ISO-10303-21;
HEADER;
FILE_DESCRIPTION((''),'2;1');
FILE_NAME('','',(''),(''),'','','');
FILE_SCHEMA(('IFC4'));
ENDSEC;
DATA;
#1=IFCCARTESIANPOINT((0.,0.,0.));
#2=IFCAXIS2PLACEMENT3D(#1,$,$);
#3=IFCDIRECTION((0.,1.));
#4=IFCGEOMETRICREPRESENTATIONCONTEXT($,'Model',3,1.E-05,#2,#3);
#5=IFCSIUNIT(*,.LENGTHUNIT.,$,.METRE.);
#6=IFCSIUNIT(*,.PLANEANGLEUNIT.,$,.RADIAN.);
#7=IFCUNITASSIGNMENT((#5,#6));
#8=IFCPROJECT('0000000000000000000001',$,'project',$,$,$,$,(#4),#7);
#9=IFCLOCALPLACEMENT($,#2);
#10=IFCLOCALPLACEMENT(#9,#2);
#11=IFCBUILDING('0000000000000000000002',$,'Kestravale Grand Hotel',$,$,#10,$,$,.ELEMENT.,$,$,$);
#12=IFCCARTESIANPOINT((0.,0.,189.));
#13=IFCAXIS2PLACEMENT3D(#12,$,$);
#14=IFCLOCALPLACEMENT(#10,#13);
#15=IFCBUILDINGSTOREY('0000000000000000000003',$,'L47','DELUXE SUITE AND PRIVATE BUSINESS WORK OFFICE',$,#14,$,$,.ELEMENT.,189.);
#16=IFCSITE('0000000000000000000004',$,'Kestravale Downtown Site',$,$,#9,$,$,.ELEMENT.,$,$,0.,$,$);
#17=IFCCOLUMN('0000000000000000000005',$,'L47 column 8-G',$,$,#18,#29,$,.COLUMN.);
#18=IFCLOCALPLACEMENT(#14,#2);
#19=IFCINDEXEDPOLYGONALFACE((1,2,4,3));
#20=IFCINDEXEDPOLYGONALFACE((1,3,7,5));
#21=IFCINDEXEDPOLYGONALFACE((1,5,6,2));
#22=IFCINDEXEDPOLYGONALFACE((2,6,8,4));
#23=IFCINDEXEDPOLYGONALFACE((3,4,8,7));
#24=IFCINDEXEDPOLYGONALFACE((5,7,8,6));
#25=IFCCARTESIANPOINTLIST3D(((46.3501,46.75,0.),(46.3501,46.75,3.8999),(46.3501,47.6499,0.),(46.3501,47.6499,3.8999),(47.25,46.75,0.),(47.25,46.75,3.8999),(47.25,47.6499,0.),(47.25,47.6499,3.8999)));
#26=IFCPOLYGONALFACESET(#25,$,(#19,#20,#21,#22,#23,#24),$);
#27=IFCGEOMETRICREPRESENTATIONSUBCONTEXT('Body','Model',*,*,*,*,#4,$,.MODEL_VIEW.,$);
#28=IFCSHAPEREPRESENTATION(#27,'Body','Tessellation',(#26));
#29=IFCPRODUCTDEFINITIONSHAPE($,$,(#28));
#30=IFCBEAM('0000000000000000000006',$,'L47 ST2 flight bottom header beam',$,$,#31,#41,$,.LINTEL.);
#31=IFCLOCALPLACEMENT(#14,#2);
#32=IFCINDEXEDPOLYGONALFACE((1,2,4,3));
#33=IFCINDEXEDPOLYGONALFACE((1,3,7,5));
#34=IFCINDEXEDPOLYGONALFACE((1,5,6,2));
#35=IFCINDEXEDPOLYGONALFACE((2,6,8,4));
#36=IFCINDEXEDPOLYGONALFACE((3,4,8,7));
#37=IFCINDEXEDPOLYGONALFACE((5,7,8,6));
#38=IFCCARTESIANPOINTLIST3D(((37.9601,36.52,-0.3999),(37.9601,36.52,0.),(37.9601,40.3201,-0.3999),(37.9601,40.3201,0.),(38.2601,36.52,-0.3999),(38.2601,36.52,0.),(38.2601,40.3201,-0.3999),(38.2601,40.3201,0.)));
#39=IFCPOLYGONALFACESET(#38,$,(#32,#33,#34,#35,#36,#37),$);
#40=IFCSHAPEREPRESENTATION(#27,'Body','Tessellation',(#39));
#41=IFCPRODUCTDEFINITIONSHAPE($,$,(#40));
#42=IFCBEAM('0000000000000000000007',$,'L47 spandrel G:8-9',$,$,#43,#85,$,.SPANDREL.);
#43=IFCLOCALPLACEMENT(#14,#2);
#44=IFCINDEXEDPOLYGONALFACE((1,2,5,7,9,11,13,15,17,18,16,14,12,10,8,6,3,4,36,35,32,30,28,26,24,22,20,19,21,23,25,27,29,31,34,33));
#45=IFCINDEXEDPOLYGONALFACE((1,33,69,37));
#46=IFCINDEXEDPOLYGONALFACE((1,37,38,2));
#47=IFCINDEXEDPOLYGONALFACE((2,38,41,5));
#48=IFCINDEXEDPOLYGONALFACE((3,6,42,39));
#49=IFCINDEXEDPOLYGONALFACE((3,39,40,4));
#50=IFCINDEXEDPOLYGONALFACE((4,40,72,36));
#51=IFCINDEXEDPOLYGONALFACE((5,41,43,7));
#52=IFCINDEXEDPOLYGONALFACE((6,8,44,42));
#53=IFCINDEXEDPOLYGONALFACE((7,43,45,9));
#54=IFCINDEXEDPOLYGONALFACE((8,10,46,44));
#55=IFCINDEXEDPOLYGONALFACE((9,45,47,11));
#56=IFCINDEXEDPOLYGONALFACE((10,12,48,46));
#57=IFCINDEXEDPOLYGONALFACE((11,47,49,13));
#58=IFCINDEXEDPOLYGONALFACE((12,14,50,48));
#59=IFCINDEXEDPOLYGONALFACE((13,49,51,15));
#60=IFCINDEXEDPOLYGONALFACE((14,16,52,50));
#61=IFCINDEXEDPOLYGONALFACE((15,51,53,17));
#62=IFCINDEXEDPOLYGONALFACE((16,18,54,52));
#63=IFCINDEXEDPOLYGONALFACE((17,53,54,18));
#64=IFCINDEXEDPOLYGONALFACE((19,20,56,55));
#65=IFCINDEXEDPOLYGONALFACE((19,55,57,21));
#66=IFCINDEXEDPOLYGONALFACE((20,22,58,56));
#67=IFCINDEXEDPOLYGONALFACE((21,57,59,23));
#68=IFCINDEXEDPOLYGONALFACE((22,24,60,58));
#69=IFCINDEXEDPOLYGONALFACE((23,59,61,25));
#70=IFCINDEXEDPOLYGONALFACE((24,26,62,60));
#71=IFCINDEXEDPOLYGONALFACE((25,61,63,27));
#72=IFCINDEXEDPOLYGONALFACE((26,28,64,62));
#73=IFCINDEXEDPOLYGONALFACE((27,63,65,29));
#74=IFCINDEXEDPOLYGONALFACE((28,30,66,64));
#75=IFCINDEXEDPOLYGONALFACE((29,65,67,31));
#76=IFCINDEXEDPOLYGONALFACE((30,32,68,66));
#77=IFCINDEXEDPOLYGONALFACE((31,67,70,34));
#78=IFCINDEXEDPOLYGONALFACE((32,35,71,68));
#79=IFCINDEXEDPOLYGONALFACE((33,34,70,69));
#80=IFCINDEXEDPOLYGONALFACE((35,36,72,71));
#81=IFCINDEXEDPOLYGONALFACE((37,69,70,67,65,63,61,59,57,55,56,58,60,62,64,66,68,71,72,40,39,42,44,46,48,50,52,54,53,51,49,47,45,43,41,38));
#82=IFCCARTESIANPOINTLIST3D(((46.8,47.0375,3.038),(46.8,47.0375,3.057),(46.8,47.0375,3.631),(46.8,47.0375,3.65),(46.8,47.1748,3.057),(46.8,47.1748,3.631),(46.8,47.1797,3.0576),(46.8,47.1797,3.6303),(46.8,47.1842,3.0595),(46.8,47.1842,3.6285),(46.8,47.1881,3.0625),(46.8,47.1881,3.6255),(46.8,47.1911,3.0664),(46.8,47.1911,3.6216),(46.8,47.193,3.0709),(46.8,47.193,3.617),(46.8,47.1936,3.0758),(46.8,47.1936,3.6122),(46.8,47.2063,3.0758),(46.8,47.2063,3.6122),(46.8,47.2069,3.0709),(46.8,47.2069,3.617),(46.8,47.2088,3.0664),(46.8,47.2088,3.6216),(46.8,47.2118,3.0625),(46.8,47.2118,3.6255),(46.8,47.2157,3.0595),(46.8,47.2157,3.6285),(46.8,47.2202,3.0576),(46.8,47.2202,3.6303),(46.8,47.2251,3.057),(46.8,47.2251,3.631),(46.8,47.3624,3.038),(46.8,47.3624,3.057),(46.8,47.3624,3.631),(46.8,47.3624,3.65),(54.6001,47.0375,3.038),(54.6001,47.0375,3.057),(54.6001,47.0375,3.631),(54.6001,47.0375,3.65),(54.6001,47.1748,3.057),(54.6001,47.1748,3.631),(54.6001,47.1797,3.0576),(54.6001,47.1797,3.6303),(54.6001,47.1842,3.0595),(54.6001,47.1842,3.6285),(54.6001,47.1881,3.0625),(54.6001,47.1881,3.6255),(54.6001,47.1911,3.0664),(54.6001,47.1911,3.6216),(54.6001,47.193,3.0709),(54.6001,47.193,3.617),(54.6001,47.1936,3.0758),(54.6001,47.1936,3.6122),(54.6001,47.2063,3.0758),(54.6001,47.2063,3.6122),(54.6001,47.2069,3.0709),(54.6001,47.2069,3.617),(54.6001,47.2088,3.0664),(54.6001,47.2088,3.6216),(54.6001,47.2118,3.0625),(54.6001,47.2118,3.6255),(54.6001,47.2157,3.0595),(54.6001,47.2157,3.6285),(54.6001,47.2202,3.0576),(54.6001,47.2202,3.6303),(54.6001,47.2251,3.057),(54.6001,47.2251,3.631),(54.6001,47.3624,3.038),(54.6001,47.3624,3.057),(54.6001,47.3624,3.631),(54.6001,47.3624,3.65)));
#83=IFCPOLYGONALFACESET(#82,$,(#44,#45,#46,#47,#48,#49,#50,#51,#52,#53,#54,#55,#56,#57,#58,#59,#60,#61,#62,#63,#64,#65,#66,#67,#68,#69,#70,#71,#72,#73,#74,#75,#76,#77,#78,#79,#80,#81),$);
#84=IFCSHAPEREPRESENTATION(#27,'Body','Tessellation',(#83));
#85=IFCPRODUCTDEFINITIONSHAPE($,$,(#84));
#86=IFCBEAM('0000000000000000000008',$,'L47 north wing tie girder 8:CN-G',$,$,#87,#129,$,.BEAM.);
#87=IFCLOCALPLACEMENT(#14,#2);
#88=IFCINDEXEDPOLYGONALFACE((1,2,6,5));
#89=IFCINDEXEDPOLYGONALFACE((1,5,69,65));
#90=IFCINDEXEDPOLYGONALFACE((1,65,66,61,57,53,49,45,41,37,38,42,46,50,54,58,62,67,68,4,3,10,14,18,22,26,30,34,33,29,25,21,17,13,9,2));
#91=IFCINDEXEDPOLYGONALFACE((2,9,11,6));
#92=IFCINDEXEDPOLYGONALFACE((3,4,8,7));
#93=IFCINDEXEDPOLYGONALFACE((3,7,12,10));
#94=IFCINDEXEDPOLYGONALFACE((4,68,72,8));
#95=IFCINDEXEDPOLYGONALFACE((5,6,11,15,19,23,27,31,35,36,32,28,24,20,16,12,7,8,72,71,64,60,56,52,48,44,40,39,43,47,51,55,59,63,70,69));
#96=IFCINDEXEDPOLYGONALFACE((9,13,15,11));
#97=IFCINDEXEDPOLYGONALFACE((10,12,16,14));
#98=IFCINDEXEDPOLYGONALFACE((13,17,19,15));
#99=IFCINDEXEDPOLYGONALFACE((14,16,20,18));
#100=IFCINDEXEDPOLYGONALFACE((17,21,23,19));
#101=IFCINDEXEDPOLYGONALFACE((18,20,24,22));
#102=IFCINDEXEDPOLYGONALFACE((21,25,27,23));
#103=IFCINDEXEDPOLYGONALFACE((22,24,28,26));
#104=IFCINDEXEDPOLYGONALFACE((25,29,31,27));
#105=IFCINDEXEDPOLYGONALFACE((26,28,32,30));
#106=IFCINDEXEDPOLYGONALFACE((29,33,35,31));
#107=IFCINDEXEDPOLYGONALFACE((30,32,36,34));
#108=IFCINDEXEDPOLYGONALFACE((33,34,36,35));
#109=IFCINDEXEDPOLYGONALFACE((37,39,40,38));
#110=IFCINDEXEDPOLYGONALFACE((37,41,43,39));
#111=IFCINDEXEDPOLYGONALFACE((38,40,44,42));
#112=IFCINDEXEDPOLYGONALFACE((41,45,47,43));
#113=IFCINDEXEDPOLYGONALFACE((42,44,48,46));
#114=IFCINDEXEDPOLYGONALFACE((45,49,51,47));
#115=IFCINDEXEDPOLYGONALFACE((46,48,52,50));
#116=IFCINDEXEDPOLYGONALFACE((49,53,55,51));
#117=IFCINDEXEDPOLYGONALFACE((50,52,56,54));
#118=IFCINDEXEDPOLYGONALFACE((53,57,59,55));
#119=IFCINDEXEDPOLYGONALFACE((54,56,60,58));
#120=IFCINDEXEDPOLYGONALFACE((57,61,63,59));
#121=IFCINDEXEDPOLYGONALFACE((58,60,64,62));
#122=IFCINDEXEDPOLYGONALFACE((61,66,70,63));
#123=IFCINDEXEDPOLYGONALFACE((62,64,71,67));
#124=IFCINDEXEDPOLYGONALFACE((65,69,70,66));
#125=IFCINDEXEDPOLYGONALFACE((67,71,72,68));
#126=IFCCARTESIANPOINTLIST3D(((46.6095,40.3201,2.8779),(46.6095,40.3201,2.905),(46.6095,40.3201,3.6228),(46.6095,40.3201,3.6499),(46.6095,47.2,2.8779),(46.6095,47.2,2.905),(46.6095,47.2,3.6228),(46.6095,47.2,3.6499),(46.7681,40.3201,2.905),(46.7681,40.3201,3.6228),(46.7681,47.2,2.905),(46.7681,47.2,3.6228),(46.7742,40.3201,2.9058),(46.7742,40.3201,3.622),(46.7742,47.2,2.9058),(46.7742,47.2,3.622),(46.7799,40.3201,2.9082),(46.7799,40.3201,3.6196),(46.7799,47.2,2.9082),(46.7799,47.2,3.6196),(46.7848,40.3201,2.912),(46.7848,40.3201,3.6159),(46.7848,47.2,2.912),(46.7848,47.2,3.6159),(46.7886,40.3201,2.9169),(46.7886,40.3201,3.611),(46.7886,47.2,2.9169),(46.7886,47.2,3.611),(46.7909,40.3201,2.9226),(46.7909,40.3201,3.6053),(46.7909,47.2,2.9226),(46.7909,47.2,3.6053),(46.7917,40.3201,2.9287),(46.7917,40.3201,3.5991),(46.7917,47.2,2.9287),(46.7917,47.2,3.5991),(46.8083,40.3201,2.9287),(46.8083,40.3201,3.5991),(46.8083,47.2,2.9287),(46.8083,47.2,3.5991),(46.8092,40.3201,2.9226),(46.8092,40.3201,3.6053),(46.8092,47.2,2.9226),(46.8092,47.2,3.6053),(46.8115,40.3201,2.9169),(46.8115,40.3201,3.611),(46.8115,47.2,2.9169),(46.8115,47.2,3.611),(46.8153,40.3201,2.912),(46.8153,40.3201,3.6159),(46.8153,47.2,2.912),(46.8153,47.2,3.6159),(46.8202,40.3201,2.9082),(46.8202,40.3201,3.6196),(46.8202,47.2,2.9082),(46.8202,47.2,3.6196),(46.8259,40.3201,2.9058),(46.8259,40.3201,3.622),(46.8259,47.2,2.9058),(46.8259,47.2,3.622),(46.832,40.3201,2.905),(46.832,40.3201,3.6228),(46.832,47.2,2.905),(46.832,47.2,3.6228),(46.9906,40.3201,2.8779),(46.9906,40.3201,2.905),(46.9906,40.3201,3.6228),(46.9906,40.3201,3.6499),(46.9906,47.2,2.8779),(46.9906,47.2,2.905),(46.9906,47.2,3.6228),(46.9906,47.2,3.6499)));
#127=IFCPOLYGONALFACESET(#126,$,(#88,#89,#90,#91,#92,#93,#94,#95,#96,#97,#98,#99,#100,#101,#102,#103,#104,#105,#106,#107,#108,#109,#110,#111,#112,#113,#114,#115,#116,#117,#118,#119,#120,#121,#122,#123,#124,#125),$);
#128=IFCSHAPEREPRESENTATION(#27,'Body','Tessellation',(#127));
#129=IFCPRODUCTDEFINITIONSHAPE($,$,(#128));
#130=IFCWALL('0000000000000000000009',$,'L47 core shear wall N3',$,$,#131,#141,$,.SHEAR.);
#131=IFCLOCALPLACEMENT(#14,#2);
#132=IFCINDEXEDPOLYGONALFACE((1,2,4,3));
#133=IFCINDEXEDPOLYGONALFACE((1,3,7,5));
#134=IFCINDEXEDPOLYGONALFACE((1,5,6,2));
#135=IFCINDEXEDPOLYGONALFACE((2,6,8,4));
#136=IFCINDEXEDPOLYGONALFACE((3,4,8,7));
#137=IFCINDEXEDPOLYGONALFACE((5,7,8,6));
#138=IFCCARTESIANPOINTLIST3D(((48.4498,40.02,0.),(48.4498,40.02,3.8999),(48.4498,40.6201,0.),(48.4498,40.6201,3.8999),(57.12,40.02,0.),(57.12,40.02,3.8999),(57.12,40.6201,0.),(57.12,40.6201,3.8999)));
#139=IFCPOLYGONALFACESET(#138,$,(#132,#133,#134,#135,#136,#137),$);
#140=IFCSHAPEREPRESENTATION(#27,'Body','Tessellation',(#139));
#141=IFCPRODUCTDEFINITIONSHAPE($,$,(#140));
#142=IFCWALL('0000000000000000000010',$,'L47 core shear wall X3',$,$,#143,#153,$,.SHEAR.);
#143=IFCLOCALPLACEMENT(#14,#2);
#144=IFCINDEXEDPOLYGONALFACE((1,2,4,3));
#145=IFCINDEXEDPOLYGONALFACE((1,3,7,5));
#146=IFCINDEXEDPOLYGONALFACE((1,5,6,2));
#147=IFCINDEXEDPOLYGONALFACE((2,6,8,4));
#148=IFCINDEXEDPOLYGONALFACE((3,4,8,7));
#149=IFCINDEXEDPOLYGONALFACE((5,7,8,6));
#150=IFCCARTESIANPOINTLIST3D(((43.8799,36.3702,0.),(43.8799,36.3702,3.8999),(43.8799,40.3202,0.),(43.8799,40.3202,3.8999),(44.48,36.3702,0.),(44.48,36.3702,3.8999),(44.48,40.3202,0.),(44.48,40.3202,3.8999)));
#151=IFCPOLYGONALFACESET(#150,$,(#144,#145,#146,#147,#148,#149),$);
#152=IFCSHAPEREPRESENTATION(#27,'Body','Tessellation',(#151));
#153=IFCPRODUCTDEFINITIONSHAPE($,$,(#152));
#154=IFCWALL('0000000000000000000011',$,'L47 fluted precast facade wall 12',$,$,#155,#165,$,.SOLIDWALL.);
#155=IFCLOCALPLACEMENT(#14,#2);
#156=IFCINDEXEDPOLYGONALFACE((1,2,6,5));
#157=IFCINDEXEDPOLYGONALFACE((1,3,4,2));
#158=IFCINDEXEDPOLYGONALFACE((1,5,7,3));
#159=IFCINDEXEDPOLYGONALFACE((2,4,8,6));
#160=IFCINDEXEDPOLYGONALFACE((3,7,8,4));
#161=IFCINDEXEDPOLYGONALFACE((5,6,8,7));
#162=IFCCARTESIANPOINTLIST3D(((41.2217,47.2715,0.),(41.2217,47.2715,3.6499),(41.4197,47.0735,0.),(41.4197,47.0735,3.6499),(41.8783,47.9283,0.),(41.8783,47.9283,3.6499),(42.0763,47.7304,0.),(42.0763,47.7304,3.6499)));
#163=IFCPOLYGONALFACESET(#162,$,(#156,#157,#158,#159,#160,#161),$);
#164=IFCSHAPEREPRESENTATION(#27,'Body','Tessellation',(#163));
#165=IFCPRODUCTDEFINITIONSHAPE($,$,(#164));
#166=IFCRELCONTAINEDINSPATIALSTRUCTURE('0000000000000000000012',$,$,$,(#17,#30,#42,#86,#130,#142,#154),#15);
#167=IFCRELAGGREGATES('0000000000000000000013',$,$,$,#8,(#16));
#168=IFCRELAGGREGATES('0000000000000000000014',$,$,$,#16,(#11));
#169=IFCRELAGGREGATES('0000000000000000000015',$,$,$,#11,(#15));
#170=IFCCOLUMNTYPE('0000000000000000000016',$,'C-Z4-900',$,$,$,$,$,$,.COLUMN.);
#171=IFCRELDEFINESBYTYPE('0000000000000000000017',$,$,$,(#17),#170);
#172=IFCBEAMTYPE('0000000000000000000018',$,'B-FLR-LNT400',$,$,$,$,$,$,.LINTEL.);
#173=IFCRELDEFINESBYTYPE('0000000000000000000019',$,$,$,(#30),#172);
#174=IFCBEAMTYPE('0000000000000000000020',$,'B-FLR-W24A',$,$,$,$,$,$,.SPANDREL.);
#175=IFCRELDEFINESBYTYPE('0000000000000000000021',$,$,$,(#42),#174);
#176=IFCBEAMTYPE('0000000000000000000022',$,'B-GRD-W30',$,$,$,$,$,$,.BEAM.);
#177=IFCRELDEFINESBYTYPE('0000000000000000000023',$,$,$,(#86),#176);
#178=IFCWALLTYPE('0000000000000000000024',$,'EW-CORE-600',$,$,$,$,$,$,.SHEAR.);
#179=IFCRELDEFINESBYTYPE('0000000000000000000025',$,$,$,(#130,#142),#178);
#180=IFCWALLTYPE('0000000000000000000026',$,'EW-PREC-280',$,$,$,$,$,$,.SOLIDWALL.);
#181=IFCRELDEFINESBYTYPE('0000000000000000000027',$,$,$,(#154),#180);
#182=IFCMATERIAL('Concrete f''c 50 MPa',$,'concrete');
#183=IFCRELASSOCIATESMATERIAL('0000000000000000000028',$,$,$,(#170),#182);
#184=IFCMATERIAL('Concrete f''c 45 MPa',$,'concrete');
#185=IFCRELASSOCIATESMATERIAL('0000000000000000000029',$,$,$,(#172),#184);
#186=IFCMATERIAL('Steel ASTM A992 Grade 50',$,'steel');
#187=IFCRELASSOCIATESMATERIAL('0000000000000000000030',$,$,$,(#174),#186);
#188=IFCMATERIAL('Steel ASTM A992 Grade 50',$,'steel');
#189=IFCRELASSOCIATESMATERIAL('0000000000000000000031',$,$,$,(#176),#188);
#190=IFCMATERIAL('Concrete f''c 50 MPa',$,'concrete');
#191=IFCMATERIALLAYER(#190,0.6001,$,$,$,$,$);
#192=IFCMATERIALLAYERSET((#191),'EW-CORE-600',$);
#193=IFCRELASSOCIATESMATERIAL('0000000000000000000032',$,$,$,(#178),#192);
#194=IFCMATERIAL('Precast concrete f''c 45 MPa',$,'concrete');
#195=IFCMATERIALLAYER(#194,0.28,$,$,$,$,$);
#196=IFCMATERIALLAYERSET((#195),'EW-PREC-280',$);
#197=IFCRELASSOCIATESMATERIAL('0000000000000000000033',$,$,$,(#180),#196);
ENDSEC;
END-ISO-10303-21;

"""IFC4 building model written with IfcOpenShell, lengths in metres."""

from ifc_helpers import new_model, si_unit, direction, frame, frame_2d, origin, origin_2d, place, context, subcontext, project, spatial, rectangle, i_section, extrude, material, layer, layer_set, material_profile, profile_set, type_object, element, save


model = new_model("IFC4")

# Units and contexts
model_context = context("Model", 3, precision=1e-05, world=origin(), true_north=direction((0.0, 1.0)))
body_context = subcontext(model_context, "Body", "Model", "MODEL_VIEW")
ifc_project = project(units=[si_unit("LENGTHUNIT", "METRE"), si_unit("PLANEANGLEUNIT", "RADIAN")], contexts=[model_context])

# Site, building, storey
site_placement = place(None, origin())
site = spatial("IfcSite", under=ifc_project, at=site_placement, Name="Kestravale Downtown Site", CompositionType="ELEMENT", RefElevation=0.0)
building_placement = place(site_placement, origin())
building = spatial("IfcBuilding", under=site, at=building_placement, Name="Kestravale Grand Hotel", CompositionType="ELEMENT")
storey_placement = place(building_placement, frame((0.0, 0.0, 189.0)))
storey = spatial("IfcBuildingStorey", under=building, at=storey_placement, Name="L47", Description="DELUXE SUITE AND PRIVATE BUSINESS WORK OFFICE", CompositionType="ELEMENT", Elevation=189.0)

# Column
ifc_material_1 = material(Name="Concrete f'c 50 MPa", Category="concrete")
ifc_material_profile_1 = material_profile(ifc_material_1, rectangle(XDim=0.8999, YDim=0.8999, at=origin_2d()))
ifc_profile_set_1 = profile_set([ifc_material_profile_1], Name="Concrete f'c 50 MPa")
column_type = type_object("IfcColumnType", Name="C-Z4-900", PredefinedType="COLUMN", material=ifc_profile_set_1)
column_placement = place(storey_placement, frame((46.8, 47.2, 0.0), z_axis=(0.0, 0.0, 1.0), x_axis=(1.0, 0.0, 0.0)))
element("IfcColumn", 1, at=column_placement, inside=storey, type_object=column_type, Name="L47 column 8-G", PredefinedType="COLUMN", context=body_context, shape_type="SweptSolid", body=[
    extrude(rectangle(XDim=0.8999, YDim=0.8999, at=origin_2d()), origin(), (0.0, 0.0, 1.0), 3.8999),
])

# Beams
ifc_material_2 = material(Name="Concrete f'c 45 MPa", Category="concrete")
ifc_material_profile_2 = material_profile(ifc_material_2, rectangle(XDim=0.3, YDim=0.3999, at=origin_2d()))
ifc_profile_set_2 = profile_set([ifc_material_profile_2], Name="Concrete f'c 45 MPa")
beam_type_1 = type_object("IfcBeamType", Name="B-FLR-LNT400", PredefinedType="LINTEL", material=ifc_profile_set_2)
beam_1_placement = place(storey_placement, frame((38.1101, 36.52, -0.2), z_axis=(0.0, 1.0, 0.0), x_axis=(-1.0, 0.0, 0.0)))
element("IfcBeam", 2, at=beam_1_placement, inside=storey, type_object=beam_type_1, Name="L47 ST2 flight bottom header beam", PredefinedType="LINTEL", context=body_context, shape_type="SweptSolid", body=[
    extrude(rectangle(XDim=0.3, YDim=0.3999, at=origin_2d()), origin(), (0.0, 0.0, 1.0), 3.8),
])
ifc_material_3 = material(Name="Steel ASTM A992 Grade 50", Category="steel")
ifc_material_profile_3 = material_profile(ifc_material_3, i_section(OverallWidth=0.325, OverallDepth=0.6121, WebThickness=0.0127, FlangeThickness=0.019, FilletRadius=0.0188, at=origin_2d()))
ifc_profile_set_3 = profile_set([ifc_material_profile_3], Name="Steel ASTM A992 Grade 50")
beam_type_2 = type_object("IfcBeamType", Name="B-FLR-W24A", PredefinedType="SPANDREL", material=ifc_profile_set_3)
beam_2_placement = place(storey_placement, frame((46.8, 47.2, 3.344), z_axis=(1.0, 0.0, 0.0), x_axis=(0.0, 1.0, 0.0)))
element("IfcBeam", 3, at=beam_2_placement, inside=storey, type_object=beam_type_2, Name="L47 spandrel G:8-9", PredefinedType="SPANDREL", context=body_context, shape_type="SweptSolid", body=[
    extrude(i_section(OverallWidth=0.325, OverallDepth=0.6121, WebThickness=0.0127, FlangeThickness=0.019, FilletRadius=0.0188, at=origin_2d()), origin(), (0.0, 0.0, 1.0), 7.8),
])
ifc_material_4 = material(Name="Steel ASTM A992 Grade 50", Category="steel")
ifc_material_profile_4 = material_profile(ifc_material_4, i_section(OverallWidth=0.3811, OverallDepth=0.772, WebThickness=0.0166, FlangeThickness=0.0271, FilletRadius=0.0237, at=origin_2d()))
ifc_profile_set_4 = profile_set([ifc_material_profile_4], Name="Steel ASTM A992 Grade 50")
beam_type_3 = type_object("IfcBeamType", Name="B-GRD-W30", PredefinedType="BEAM", material=ifc_profile_set_4)
beam_3_placement = place(storey_placement, frame((46.8, 40.3201, 3.2639), z_axis=(0.0, 1.0, 0.0), x_axis=(-1.0, 0.0, 0.0)))
element("IfcBeam", 4, at=beam_3_placement, inside=storey, type_object=beam_type_3, Name="L47 north wing tie girder 8:CN-G", PredefinedType="BEAM", context=body_context, shape_type="SweptSolid", body=[
    extrude(i_section(OverallWidth=0.3811, OverallDepth=0.772, WebThickness=0.0166, FlangeThickness=0.0271, FilletRadius=0.0237, at=origin_2d()), origin(), (0.0, 0.0, 1.0), 6.8799),
])

# Walls
ifc_material_5 = material(Name="Concrete f'c 50 MPa", Category="concrete")
ifc_layer_1 = layer(ifc_material_5, 0.6001)
ifc_layer_set_1 = layer_set([ifc_layer_1], Name="EW-CORE-600")
wall_type_1 = type_object("IfcWallType", Name="EW-CORE-600", PredefinedType="SHEAR", material=ifc_layer_set_1)
wall_1_placement = place(storey_placement, frame((48.45, 40.3201, 0.0), z_axis=(0.0, 0.0, 1.0), x_axis=(1.0, 0.0, 0.0)))
element("IfcWall", 5, at=wall_1_placement, inside=storey, type_object=wall_type_1, Name="L47 core shear wall N3", PredefinedType="SHEAR", context=body_context, shape_type="SweptSolid", body=[
    extrude(rectangle(XDim=8.6702, YDim=0.6001, at=frame_2d((4.335, 0.0))), origin(), (0.0, 0.0, 1.0), 3.8999),
])
wall_2_placement = place(storey_placement, frame((44.1799, 36.3701, 0.0), z_axis=(0.0, 0.0, 1.0), x_axis=(0.0, 1.0, 0.0)))
element("IfcWall", 6, at=wall_2_placement, inside=storey, type_object=wall_type_1, Name="L47 core shear wall X3", PredefinedType="SHEAR", context=body_context, shape_type="SweptSolid", body=[
    extrude(rectangle(XDim=3.95, YDim=0.6001, at=frame_2d((1.9751, 0.0))), origin(), (0.0, 0.0, 1.0), 3.8999),
])
ifc_material_6 = material(Name="Precast concrete f'c 45 MPa", Category="concrete")
ifc_layer_2 = layer(ifc_material_6, 0.28)
ifc_layer_set_2 = layer_set([ifc_layer_2], Name="EW-PREC-280")
wall_type_2 = type_object("IfcWallType", Name="EW-PREC-280", PredefinedType="SOLIDWALL", material=ifc_layer_set_2)
wall_3_placement = place(storey_placement, frame((41.9773, 47.8293, 0.0), z_axis=(0.0, 0.0, 1.0), x_axis=(-0.706975, -0.707238, 0.0)))
element("IfcWall", 7, at=wall_3_placement, inside=storey, type_object=wall_type_2, Name="L47 fluted precast facade wall 12", PredefinedType="SOLIDWALL", context=body_context, shape_type="SweptSolid", body=[
    extrude(rectangle(XDim=0.9287, YDim=0.28, at=frame_2d((0.4644, 0.0))), origin(), (0.0, 0.0, 1.0), 3.6499),
])

save(model, "model.ifc")
